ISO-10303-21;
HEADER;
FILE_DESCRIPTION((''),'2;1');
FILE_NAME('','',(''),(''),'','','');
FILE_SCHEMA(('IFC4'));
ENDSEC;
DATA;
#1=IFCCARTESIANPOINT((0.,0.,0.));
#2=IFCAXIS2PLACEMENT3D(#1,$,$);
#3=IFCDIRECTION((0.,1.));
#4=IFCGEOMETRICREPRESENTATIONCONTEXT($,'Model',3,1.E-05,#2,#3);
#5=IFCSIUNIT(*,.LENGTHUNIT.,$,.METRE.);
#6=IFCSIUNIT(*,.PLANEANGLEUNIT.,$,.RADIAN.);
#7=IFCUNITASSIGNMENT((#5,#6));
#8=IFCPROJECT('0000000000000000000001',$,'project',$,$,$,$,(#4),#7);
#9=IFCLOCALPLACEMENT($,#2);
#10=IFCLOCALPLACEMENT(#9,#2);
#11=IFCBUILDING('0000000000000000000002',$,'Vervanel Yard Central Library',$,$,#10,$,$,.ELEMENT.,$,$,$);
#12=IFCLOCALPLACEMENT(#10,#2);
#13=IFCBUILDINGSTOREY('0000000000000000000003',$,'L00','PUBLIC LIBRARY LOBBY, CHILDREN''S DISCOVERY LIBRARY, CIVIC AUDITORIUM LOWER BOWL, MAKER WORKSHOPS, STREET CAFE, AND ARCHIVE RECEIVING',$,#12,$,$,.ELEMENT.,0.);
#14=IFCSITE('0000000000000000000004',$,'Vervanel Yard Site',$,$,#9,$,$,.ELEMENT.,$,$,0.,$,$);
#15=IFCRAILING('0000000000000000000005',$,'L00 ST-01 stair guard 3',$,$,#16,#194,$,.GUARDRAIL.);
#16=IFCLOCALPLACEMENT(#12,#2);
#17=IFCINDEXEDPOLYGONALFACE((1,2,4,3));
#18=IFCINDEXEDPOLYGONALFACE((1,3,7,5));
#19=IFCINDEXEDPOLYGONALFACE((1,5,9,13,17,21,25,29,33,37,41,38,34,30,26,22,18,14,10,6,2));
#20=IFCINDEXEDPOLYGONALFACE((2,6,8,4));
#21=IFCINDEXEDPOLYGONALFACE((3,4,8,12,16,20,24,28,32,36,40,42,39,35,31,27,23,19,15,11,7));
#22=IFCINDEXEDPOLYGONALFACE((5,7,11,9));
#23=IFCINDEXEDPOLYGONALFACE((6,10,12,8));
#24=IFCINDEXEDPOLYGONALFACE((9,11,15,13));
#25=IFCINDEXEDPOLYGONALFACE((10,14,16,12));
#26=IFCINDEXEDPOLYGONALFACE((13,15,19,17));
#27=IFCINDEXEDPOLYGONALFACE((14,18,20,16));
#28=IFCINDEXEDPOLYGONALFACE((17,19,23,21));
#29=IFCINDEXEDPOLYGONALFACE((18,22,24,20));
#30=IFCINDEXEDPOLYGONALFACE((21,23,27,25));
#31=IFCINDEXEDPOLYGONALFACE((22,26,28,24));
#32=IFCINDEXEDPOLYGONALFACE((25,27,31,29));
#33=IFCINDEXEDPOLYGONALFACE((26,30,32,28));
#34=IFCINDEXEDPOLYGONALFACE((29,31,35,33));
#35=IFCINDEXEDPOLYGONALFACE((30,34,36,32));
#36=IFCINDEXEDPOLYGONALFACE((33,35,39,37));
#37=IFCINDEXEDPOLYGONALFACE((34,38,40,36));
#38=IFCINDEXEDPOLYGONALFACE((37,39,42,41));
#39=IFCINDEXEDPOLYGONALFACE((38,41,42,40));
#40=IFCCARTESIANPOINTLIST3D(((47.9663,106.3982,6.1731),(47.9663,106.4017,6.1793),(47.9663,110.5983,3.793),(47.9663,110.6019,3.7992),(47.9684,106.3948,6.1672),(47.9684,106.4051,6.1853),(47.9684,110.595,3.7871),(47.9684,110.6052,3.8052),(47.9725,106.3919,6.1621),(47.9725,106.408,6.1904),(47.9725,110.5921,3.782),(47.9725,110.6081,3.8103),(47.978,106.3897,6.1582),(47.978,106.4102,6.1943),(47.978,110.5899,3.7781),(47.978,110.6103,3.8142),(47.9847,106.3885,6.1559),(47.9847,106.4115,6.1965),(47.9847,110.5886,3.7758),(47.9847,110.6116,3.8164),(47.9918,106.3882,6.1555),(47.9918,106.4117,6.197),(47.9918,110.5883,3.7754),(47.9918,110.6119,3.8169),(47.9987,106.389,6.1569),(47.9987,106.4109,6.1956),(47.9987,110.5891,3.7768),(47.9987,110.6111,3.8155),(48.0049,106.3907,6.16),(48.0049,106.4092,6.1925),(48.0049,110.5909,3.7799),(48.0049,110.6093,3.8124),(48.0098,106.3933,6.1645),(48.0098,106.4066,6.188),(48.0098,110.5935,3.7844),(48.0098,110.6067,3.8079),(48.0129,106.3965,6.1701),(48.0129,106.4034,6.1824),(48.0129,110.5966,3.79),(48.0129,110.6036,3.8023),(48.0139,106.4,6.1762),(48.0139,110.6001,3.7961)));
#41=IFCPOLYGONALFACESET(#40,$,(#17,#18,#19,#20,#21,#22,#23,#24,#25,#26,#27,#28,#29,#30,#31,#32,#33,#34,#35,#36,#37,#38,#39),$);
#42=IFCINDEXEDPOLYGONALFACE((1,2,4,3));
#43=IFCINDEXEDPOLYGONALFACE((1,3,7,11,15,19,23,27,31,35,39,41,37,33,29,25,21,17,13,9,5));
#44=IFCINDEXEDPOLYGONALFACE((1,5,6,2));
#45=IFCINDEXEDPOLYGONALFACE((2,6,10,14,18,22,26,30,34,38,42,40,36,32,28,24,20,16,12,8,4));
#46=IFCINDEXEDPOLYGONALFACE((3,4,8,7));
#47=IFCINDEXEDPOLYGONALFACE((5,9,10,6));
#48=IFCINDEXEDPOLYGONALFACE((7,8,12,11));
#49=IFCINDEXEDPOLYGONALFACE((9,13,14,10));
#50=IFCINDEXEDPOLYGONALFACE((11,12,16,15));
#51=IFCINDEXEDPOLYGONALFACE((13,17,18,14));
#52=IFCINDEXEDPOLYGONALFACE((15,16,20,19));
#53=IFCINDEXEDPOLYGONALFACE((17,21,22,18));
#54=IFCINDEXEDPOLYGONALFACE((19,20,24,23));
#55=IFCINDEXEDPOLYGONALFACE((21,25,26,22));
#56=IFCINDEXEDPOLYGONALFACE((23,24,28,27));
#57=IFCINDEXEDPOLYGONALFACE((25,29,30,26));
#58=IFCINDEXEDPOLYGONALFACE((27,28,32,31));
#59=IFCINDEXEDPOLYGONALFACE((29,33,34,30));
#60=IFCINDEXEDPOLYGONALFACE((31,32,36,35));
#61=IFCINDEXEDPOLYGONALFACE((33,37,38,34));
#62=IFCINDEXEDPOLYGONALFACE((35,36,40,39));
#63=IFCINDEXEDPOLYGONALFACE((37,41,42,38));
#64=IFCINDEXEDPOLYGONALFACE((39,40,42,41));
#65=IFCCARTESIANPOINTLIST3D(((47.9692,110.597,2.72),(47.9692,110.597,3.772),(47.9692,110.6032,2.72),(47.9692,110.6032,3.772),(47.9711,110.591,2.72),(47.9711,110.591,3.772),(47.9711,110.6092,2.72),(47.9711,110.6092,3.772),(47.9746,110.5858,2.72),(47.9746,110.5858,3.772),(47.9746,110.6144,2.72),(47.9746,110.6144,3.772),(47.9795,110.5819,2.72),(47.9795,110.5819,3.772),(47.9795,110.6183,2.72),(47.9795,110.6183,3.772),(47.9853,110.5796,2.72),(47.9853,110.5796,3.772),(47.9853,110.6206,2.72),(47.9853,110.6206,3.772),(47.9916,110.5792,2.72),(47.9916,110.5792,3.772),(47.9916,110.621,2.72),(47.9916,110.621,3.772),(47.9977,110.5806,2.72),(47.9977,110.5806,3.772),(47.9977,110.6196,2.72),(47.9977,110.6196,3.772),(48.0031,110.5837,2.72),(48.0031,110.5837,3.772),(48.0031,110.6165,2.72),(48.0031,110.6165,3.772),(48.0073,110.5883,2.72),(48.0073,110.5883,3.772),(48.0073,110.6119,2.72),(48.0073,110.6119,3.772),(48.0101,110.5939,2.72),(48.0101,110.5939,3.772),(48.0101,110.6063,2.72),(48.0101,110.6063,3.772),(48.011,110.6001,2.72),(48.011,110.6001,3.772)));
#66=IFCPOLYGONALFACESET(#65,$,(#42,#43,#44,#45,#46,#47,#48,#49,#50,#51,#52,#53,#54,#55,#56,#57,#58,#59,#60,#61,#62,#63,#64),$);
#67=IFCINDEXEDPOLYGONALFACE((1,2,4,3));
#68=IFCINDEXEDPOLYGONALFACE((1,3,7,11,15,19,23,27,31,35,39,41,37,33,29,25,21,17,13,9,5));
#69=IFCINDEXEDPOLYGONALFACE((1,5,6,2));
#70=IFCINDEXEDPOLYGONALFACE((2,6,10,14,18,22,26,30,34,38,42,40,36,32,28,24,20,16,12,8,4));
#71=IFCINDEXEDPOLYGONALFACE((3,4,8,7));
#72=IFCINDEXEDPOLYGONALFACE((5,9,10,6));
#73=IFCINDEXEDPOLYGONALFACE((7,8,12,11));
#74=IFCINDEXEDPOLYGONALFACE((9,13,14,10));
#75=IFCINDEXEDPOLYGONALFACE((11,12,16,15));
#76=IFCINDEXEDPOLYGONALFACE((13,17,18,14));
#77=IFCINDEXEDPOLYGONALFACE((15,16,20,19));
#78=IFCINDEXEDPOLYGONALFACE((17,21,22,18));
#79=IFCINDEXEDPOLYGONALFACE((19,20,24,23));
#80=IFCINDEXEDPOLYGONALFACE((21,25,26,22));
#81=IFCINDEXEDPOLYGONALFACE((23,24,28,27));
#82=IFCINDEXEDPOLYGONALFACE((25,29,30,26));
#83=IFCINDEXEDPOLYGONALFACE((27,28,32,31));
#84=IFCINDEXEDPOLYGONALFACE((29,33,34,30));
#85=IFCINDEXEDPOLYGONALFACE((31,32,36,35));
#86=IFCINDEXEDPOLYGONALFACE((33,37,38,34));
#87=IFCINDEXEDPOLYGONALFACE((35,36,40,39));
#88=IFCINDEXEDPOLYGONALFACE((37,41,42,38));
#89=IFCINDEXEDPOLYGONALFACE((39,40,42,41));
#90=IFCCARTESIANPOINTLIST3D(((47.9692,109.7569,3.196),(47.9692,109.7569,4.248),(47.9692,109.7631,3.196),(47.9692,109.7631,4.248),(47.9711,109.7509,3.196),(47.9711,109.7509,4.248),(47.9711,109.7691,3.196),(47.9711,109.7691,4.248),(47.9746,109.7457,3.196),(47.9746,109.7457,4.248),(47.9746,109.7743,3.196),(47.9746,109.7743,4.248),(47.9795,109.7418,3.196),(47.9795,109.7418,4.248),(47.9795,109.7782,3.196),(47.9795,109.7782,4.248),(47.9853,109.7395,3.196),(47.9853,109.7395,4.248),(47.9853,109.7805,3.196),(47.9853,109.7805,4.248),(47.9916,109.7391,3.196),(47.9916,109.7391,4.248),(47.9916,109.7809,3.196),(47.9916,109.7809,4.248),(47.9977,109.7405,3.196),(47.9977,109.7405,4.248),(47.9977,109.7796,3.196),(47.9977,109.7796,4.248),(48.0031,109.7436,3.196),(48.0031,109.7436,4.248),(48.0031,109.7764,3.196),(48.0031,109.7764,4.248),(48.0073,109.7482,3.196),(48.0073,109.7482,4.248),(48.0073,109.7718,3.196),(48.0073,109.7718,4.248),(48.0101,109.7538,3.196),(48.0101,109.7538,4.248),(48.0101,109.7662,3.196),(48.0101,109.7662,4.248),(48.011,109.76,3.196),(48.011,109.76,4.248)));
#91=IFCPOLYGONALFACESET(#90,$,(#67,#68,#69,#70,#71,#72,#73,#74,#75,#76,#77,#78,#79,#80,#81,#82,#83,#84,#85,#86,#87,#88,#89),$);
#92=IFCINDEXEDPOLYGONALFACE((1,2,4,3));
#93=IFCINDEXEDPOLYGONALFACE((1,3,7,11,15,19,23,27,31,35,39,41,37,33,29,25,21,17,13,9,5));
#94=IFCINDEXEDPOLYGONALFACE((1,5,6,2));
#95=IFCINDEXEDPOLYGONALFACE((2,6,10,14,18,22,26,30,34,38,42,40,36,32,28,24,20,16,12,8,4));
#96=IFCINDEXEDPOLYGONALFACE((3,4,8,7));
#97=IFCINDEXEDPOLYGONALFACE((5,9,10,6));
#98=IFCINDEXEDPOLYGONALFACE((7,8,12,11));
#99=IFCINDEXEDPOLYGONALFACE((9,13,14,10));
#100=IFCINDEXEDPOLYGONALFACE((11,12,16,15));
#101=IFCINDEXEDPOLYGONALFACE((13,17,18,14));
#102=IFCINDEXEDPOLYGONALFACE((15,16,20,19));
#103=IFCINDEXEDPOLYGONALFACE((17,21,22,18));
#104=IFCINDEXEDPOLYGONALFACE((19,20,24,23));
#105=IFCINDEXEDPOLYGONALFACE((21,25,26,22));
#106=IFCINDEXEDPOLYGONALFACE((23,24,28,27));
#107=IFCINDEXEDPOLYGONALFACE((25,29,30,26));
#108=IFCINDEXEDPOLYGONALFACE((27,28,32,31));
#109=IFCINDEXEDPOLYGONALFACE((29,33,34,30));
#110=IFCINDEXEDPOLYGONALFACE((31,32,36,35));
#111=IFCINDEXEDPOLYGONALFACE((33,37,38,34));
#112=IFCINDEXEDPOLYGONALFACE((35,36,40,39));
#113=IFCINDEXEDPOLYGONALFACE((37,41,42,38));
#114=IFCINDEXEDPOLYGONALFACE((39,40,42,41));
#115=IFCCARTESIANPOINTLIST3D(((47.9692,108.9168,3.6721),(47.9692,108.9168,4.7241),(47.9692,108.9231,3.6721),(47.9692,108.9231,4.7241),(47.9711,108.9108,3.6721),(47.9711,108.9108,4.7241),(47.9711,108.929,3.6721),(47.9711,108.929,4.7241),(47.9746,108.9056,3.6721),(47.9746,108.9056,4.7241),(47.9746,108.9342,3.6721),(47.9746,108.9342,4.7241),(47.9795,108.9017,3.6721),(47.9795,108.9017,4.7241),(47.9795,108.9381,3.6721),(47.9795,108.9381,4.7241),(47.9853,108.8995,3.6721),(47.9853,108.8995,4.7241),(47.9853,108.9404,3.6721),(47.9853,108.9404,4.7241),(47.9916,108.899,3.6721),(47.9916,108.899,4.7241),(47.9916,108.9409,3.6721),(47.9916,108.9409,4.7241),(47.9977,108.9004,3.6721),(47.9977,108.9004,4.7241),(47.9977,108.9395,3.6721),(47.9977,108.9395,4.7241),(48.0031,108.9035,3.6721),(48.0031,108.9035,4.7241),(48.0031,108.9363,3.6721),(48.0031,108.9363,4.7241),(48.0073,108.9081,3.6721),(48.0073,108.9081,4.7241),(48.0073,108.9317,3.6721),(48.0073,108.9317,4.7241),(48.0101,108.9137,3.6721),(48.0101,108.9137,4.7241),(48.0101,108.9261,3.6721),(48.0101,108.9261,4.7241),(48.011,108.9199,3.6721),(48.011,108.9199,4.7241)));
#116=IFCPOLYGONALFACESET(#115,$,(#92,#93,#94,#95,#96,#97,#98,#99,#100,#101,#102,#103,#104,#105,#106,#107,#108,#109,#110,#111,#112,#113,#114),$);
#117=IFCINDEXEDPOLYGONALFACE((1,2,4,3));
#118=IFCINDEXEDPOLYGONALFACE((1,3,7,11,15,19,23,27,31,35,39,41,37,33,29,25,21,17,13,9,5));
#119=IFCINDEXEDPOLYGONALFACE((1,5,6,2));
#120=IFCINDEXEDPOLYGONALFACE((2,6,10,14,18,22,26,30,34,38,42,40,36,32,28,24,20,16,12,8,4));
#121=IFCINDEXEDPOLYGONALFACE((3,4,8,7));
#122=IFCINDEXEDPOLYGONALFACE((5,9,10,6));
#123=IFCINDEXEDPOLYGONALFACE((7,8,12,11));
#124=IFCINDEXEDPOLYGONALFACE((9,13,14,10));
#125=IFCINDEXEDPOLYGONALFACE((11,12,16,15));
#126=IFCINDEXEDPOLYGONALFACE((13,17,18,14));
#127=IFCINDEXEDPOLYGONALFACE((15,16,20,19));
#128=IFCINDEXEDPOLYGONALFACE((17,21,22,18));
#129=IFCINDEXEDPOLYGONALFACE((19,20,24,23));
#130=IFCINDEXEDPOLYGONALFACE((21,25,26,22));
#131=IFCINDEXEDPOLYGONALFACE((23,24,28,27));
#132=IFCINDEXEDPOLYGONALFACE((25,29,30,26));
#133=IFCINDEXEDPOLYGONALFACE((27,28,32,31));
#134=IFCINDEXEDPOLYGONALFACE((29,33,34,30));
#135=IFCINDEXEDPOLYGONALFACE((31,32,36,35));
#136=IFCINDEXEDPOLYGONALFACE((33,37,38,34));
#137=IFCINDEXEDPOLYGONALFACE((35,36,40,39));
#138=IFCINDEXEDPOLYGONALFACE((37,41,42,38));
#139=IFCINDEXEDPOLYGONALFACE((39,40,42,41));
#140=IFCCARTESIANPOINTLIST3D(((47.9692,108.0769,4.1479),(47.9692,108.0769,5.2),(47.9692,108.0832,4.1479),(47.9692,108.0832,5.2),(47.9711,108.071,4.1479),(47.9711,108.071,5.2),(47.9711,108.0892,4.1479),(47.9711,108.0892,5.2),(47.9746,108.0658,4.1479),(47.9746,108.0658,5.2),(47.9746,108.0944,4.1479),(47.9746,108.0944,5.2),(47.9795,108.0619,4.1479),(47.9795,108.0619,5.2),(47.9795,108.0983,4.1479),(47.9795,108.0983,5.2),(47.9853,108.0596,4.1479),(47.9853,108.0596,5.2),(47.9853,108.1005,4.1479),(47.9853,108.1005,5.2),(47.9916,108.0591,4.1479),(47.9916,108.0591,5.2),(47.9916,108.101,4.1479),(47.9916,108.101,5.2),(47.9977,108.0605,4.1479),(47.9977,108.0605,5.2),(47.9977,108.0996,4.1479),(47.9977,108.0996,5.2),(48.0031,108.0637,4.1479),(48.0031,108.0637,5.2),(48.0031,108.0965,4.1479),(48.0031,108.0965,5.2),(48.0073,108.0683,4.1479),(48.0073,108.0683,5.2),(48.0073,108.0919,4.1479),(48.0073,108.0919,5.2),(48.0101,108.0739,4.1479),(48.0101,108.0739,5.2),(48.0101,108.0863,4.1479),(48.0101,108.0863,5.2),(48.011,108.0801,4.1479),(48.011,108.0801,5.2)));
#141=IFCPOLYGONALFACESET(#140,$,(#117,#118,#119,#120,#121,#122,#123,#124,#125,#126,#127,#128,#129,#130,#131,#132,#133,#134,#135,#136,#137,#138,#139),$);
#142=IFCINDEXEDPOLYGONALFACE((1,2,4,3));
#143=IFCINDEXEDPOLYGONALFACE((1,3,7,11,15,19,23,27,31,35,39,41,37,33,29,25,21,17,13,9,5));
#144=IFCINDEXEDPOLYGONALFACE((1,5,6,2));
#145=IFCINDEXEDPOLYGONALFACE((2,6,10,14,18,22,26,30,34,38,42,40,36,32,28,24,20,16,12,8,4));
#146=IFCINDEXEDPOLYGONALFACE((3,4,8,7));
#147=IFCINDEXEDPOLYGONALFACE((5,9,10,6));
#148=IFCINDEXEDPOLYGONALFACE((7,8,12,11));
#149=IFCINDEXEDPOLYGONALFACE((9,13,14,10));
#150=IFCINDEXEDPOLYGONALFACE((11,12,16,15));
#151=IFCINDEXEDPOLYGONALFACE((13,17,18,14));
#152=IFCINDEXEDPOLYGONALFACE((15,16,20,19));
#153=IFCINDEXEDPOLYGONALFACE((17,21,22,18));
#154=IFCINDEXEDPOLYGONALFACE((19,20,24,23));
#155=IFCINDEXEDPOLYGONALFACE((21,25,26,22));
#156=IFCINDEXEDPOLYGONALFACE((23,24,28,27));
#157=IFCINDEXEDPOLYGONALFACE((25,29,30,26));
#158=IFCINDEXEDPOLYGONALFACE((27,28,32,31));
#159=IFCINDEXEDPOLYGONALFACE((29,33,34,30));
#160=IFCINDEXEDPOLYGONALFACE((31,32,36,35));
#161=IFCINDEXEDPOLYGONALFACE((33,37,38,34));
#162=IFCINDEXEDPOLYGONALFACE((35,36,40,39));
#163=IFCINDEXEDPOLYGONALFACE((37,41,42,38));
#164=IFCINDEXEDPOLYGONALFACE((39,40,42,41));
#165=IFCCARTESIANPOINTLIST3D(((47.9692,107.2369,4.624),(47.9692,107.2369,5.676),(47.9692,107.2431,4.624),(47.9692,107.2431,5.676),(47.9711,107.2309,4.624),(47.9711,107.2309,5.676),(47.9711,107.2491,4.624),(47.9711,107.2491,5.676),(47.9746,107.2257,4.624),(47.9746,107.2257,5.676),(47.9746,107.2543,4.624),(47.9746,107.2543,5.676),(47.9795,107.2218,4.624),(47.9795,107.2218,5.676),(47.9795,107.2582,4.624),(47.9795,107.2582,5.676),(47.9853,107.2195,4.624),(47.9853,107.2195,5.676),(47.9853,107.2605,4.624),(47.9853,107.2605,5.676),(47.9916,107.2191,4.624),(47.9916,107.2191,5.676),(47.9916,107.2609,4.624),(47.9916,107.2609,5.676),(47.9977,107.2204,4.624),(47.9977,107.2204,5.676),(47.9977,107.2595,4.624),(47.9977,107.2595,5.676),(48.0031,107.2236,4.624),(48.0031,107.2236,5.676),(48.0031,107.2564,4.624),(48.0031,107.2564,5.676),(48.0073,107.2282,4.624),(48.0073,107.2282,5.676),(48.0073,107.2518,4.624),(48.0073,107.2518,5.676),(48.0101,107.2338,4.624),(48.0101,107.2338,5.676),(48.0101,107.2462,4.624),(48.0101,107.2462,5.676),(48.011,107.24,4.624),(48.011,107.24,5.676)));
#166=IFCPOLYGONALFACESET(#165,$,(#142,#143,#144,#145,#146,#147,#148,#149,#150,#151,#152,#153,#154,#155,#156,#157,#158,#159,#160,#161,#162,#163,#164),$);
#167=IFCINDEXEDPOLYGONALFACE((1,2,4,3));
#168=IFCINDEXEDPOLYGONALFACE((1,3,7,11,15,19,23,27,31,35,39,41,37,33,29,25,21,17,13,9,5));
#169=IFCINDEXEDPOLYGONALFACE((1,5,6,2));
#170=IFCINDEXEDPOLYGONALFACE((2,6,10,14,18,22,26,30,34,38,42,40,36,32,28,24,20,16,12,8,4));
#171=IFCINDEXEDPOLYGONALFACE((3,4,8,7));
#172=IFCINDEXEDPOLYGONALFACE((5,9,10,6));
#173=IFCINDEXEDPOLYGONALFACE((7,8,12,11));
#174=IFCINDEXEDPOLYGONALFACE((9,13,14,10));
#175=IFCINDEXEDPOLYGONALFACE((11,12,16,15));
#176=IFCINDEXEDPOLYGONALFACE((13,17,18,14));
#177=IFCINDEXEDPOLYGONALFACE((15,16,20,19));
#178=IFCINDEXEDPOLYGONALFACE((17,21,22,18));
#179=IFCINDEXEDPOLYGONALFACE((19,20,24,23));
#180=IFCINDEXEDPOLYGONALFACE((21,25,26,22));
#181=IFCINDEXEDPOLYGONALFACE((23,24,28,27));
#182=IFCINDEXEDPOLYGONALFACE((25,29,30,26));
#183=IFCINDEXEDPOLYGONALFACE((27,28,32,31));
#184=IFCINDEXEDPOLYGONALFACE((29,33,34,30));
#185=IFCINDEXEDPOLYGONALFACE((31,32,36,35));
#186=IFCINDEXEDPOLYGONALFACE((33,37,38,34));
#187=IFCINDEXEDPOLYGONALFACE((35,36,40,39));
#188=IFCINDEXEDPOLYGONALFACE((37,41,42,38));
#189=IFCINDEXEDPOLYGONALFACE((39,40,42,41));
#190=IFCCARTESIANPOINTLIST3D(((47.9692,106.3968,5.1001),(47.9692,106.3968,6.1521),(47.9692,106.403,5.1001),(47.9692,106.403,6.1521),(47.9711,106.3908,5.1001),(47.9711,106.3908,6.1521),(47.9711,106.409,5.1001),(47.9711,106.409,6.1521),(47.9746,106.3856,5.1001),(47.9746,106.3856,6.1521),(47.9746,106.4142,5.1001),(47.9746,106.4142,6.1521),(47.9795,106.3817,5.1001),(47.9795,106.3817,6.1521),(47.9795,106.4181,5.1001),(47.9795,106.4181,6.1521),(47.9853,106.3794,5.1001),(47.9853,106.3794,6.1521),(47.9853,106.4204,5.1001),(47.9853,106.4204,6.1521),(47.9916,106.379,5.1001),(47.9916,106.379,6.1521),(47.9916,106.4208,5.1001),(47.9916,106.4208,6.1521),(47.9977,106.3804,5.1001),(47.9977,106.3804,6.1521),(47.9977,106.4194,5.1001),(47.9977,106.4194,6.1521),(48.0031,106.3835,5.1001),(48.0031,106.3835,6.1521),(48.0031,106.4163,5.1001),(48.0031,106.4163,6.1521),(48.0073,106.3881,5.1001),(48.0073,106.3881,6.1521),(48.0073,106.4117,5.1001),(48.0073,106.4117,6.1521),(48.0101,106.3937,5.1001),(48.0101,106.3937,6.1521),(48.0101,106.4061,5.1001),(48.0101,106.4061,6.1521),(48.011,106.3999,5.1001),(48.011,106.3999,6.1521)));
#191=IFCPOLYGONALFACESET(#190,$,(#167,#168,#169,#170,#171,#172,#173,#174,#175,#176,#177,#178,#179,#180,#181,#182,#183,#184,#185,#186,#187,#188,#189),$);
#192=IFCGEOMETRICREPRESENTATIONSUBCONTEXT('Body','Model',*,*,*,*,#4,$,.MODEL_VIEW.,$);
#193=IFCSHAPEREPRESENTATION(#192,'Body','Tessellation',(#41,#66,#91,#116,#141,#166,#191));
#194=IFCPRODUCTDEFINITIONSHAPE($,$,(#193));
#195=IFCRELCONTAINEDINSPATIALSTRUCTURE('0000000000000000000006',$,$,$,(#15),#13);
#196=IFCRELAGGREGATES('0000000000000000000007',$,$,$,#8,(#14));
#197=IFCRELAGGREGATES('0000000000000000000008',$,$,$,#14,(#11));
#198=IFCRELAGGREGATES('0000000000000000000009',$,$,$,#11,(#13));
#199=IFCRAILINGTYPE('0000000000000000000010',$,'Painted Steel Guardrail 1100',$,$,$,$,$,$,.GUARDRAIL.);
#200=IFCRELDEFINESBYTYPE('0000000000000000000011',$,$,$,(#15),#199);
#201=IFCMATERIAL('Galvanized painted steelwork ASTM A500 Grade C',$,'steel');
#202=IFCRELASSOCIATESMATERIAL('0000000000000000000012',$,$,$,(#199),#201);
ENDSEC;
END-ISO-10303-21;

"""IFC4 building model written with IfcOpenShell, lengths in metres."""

from ifc_helpers import new_model, si_unit, direction, frame, origin, origin_2d, place, context, subcontext, project, spatial, circle, extrude, material, type_object, element, save


model = new_model("IFC4")

# Units and contexts
model_context = context("Model", 3, precision=1e-05, world=origin(), true_north=direction((0.0, 1.0)))
body_context = subcontext(model_context, "Body", "Model", "MODEL_VIEW")
ifc_project = project(units=[si_unit("LENGTHUNIT", "METRE"), si_unit("PLANEANGLEUNIT", "RADIAN")], contexts=[model_context])

# Site, building, storey
site_placement = place(None, origin())
site = spatial("IfcSite", under=ifc_project, at=site_placement, Name="Vervanel Yard Site", CompositionType="ELEMENT", RefElevation=0.0)
building_placement = place(site_placement, origin())
building = spatial("IfcBuilding", under=site, at=building_placement, Name="Vervanel Yard Central Library", CompositionType="ELEMENT")
storey_placement = place(building_placement, origin())
storey = spatial("IfcBuildingStorey", under=building, at=storey_placement, Name="L00", Description="PUBLIC LIBRARY LOBBY, CHILDREN'S DISCOVERY LIBRARY, CIVIC AUDITORIUM LOWER BOWL, MAKER WORKSHOPS, STREET CAFE, AND ARCHIVE RECEIVING", CompositionType="ELEMENT", Elevation=0.0)

# Railing
ifc_material_1 = material(Name="Galvanized painted steelwork ASTM A500 Grade C", Category="steel")
railing_type_1 = type_object("IfcRailingType", Name="Painted Steel Guardrail 1100", PredefinedType="GUARDRAIL", material=ifc_material_1)
railing_1_placement = place(storey_placement, frame((47.99, 110.6001, 2.72)))
element("IfcRailing", 1, at=railing_1_placement, inside=storey, type_object=railing_type_1, Name="L00 ST-01 stair guard 3", PredefinedType="GUARDRAIL", context=body_context, shape_type="SweptSolid", body=[
    extrude(circle(Radius=0.0239, at=origin_2d()), frame((0.0, 0.0, 1.0762), z_axis=(0.0, -0.870021, 0.493015), x_axis=(1.0, 0.0, 0.0)), (0.0, 0.0, 1.0), 4.8276),
    extrude(circle(Radius=0.021, at=origin_2d()), origin(), (0.0, 0.0, 1.0), 1.052),
    extrude(circle(Radius=0.021, at=origin_2d()), frame((0.0, -0.8401, 0.4761)), (0.0, 0.0, 1.0), 1.052),
    extrude(circle(Radius=0.021, at=origin_2d()), frame((0.0, -1.6802, 0.9521)), (0.0, 0.0, 1.0), 1.052),
    extrude(circle(Radius=0.021, at=origin_2d()), frame((0.0, -2.52, 1.428)), (0.0, 0.0, 1.0), 1.052),
    extrude(circle(Radius=0.021, at=origin_2d()), frame((0.0, -3.3601, 1.9041)), (0.0, 0.0, 1.0), 1.052),
    extrude(circle(Radius=0.021, at=origin_2d()), frame((0.0, -4.2002, 2.3801)), (0.0, 0.0, 1.0), 1.052),
])

save(model, "model.ifc")
